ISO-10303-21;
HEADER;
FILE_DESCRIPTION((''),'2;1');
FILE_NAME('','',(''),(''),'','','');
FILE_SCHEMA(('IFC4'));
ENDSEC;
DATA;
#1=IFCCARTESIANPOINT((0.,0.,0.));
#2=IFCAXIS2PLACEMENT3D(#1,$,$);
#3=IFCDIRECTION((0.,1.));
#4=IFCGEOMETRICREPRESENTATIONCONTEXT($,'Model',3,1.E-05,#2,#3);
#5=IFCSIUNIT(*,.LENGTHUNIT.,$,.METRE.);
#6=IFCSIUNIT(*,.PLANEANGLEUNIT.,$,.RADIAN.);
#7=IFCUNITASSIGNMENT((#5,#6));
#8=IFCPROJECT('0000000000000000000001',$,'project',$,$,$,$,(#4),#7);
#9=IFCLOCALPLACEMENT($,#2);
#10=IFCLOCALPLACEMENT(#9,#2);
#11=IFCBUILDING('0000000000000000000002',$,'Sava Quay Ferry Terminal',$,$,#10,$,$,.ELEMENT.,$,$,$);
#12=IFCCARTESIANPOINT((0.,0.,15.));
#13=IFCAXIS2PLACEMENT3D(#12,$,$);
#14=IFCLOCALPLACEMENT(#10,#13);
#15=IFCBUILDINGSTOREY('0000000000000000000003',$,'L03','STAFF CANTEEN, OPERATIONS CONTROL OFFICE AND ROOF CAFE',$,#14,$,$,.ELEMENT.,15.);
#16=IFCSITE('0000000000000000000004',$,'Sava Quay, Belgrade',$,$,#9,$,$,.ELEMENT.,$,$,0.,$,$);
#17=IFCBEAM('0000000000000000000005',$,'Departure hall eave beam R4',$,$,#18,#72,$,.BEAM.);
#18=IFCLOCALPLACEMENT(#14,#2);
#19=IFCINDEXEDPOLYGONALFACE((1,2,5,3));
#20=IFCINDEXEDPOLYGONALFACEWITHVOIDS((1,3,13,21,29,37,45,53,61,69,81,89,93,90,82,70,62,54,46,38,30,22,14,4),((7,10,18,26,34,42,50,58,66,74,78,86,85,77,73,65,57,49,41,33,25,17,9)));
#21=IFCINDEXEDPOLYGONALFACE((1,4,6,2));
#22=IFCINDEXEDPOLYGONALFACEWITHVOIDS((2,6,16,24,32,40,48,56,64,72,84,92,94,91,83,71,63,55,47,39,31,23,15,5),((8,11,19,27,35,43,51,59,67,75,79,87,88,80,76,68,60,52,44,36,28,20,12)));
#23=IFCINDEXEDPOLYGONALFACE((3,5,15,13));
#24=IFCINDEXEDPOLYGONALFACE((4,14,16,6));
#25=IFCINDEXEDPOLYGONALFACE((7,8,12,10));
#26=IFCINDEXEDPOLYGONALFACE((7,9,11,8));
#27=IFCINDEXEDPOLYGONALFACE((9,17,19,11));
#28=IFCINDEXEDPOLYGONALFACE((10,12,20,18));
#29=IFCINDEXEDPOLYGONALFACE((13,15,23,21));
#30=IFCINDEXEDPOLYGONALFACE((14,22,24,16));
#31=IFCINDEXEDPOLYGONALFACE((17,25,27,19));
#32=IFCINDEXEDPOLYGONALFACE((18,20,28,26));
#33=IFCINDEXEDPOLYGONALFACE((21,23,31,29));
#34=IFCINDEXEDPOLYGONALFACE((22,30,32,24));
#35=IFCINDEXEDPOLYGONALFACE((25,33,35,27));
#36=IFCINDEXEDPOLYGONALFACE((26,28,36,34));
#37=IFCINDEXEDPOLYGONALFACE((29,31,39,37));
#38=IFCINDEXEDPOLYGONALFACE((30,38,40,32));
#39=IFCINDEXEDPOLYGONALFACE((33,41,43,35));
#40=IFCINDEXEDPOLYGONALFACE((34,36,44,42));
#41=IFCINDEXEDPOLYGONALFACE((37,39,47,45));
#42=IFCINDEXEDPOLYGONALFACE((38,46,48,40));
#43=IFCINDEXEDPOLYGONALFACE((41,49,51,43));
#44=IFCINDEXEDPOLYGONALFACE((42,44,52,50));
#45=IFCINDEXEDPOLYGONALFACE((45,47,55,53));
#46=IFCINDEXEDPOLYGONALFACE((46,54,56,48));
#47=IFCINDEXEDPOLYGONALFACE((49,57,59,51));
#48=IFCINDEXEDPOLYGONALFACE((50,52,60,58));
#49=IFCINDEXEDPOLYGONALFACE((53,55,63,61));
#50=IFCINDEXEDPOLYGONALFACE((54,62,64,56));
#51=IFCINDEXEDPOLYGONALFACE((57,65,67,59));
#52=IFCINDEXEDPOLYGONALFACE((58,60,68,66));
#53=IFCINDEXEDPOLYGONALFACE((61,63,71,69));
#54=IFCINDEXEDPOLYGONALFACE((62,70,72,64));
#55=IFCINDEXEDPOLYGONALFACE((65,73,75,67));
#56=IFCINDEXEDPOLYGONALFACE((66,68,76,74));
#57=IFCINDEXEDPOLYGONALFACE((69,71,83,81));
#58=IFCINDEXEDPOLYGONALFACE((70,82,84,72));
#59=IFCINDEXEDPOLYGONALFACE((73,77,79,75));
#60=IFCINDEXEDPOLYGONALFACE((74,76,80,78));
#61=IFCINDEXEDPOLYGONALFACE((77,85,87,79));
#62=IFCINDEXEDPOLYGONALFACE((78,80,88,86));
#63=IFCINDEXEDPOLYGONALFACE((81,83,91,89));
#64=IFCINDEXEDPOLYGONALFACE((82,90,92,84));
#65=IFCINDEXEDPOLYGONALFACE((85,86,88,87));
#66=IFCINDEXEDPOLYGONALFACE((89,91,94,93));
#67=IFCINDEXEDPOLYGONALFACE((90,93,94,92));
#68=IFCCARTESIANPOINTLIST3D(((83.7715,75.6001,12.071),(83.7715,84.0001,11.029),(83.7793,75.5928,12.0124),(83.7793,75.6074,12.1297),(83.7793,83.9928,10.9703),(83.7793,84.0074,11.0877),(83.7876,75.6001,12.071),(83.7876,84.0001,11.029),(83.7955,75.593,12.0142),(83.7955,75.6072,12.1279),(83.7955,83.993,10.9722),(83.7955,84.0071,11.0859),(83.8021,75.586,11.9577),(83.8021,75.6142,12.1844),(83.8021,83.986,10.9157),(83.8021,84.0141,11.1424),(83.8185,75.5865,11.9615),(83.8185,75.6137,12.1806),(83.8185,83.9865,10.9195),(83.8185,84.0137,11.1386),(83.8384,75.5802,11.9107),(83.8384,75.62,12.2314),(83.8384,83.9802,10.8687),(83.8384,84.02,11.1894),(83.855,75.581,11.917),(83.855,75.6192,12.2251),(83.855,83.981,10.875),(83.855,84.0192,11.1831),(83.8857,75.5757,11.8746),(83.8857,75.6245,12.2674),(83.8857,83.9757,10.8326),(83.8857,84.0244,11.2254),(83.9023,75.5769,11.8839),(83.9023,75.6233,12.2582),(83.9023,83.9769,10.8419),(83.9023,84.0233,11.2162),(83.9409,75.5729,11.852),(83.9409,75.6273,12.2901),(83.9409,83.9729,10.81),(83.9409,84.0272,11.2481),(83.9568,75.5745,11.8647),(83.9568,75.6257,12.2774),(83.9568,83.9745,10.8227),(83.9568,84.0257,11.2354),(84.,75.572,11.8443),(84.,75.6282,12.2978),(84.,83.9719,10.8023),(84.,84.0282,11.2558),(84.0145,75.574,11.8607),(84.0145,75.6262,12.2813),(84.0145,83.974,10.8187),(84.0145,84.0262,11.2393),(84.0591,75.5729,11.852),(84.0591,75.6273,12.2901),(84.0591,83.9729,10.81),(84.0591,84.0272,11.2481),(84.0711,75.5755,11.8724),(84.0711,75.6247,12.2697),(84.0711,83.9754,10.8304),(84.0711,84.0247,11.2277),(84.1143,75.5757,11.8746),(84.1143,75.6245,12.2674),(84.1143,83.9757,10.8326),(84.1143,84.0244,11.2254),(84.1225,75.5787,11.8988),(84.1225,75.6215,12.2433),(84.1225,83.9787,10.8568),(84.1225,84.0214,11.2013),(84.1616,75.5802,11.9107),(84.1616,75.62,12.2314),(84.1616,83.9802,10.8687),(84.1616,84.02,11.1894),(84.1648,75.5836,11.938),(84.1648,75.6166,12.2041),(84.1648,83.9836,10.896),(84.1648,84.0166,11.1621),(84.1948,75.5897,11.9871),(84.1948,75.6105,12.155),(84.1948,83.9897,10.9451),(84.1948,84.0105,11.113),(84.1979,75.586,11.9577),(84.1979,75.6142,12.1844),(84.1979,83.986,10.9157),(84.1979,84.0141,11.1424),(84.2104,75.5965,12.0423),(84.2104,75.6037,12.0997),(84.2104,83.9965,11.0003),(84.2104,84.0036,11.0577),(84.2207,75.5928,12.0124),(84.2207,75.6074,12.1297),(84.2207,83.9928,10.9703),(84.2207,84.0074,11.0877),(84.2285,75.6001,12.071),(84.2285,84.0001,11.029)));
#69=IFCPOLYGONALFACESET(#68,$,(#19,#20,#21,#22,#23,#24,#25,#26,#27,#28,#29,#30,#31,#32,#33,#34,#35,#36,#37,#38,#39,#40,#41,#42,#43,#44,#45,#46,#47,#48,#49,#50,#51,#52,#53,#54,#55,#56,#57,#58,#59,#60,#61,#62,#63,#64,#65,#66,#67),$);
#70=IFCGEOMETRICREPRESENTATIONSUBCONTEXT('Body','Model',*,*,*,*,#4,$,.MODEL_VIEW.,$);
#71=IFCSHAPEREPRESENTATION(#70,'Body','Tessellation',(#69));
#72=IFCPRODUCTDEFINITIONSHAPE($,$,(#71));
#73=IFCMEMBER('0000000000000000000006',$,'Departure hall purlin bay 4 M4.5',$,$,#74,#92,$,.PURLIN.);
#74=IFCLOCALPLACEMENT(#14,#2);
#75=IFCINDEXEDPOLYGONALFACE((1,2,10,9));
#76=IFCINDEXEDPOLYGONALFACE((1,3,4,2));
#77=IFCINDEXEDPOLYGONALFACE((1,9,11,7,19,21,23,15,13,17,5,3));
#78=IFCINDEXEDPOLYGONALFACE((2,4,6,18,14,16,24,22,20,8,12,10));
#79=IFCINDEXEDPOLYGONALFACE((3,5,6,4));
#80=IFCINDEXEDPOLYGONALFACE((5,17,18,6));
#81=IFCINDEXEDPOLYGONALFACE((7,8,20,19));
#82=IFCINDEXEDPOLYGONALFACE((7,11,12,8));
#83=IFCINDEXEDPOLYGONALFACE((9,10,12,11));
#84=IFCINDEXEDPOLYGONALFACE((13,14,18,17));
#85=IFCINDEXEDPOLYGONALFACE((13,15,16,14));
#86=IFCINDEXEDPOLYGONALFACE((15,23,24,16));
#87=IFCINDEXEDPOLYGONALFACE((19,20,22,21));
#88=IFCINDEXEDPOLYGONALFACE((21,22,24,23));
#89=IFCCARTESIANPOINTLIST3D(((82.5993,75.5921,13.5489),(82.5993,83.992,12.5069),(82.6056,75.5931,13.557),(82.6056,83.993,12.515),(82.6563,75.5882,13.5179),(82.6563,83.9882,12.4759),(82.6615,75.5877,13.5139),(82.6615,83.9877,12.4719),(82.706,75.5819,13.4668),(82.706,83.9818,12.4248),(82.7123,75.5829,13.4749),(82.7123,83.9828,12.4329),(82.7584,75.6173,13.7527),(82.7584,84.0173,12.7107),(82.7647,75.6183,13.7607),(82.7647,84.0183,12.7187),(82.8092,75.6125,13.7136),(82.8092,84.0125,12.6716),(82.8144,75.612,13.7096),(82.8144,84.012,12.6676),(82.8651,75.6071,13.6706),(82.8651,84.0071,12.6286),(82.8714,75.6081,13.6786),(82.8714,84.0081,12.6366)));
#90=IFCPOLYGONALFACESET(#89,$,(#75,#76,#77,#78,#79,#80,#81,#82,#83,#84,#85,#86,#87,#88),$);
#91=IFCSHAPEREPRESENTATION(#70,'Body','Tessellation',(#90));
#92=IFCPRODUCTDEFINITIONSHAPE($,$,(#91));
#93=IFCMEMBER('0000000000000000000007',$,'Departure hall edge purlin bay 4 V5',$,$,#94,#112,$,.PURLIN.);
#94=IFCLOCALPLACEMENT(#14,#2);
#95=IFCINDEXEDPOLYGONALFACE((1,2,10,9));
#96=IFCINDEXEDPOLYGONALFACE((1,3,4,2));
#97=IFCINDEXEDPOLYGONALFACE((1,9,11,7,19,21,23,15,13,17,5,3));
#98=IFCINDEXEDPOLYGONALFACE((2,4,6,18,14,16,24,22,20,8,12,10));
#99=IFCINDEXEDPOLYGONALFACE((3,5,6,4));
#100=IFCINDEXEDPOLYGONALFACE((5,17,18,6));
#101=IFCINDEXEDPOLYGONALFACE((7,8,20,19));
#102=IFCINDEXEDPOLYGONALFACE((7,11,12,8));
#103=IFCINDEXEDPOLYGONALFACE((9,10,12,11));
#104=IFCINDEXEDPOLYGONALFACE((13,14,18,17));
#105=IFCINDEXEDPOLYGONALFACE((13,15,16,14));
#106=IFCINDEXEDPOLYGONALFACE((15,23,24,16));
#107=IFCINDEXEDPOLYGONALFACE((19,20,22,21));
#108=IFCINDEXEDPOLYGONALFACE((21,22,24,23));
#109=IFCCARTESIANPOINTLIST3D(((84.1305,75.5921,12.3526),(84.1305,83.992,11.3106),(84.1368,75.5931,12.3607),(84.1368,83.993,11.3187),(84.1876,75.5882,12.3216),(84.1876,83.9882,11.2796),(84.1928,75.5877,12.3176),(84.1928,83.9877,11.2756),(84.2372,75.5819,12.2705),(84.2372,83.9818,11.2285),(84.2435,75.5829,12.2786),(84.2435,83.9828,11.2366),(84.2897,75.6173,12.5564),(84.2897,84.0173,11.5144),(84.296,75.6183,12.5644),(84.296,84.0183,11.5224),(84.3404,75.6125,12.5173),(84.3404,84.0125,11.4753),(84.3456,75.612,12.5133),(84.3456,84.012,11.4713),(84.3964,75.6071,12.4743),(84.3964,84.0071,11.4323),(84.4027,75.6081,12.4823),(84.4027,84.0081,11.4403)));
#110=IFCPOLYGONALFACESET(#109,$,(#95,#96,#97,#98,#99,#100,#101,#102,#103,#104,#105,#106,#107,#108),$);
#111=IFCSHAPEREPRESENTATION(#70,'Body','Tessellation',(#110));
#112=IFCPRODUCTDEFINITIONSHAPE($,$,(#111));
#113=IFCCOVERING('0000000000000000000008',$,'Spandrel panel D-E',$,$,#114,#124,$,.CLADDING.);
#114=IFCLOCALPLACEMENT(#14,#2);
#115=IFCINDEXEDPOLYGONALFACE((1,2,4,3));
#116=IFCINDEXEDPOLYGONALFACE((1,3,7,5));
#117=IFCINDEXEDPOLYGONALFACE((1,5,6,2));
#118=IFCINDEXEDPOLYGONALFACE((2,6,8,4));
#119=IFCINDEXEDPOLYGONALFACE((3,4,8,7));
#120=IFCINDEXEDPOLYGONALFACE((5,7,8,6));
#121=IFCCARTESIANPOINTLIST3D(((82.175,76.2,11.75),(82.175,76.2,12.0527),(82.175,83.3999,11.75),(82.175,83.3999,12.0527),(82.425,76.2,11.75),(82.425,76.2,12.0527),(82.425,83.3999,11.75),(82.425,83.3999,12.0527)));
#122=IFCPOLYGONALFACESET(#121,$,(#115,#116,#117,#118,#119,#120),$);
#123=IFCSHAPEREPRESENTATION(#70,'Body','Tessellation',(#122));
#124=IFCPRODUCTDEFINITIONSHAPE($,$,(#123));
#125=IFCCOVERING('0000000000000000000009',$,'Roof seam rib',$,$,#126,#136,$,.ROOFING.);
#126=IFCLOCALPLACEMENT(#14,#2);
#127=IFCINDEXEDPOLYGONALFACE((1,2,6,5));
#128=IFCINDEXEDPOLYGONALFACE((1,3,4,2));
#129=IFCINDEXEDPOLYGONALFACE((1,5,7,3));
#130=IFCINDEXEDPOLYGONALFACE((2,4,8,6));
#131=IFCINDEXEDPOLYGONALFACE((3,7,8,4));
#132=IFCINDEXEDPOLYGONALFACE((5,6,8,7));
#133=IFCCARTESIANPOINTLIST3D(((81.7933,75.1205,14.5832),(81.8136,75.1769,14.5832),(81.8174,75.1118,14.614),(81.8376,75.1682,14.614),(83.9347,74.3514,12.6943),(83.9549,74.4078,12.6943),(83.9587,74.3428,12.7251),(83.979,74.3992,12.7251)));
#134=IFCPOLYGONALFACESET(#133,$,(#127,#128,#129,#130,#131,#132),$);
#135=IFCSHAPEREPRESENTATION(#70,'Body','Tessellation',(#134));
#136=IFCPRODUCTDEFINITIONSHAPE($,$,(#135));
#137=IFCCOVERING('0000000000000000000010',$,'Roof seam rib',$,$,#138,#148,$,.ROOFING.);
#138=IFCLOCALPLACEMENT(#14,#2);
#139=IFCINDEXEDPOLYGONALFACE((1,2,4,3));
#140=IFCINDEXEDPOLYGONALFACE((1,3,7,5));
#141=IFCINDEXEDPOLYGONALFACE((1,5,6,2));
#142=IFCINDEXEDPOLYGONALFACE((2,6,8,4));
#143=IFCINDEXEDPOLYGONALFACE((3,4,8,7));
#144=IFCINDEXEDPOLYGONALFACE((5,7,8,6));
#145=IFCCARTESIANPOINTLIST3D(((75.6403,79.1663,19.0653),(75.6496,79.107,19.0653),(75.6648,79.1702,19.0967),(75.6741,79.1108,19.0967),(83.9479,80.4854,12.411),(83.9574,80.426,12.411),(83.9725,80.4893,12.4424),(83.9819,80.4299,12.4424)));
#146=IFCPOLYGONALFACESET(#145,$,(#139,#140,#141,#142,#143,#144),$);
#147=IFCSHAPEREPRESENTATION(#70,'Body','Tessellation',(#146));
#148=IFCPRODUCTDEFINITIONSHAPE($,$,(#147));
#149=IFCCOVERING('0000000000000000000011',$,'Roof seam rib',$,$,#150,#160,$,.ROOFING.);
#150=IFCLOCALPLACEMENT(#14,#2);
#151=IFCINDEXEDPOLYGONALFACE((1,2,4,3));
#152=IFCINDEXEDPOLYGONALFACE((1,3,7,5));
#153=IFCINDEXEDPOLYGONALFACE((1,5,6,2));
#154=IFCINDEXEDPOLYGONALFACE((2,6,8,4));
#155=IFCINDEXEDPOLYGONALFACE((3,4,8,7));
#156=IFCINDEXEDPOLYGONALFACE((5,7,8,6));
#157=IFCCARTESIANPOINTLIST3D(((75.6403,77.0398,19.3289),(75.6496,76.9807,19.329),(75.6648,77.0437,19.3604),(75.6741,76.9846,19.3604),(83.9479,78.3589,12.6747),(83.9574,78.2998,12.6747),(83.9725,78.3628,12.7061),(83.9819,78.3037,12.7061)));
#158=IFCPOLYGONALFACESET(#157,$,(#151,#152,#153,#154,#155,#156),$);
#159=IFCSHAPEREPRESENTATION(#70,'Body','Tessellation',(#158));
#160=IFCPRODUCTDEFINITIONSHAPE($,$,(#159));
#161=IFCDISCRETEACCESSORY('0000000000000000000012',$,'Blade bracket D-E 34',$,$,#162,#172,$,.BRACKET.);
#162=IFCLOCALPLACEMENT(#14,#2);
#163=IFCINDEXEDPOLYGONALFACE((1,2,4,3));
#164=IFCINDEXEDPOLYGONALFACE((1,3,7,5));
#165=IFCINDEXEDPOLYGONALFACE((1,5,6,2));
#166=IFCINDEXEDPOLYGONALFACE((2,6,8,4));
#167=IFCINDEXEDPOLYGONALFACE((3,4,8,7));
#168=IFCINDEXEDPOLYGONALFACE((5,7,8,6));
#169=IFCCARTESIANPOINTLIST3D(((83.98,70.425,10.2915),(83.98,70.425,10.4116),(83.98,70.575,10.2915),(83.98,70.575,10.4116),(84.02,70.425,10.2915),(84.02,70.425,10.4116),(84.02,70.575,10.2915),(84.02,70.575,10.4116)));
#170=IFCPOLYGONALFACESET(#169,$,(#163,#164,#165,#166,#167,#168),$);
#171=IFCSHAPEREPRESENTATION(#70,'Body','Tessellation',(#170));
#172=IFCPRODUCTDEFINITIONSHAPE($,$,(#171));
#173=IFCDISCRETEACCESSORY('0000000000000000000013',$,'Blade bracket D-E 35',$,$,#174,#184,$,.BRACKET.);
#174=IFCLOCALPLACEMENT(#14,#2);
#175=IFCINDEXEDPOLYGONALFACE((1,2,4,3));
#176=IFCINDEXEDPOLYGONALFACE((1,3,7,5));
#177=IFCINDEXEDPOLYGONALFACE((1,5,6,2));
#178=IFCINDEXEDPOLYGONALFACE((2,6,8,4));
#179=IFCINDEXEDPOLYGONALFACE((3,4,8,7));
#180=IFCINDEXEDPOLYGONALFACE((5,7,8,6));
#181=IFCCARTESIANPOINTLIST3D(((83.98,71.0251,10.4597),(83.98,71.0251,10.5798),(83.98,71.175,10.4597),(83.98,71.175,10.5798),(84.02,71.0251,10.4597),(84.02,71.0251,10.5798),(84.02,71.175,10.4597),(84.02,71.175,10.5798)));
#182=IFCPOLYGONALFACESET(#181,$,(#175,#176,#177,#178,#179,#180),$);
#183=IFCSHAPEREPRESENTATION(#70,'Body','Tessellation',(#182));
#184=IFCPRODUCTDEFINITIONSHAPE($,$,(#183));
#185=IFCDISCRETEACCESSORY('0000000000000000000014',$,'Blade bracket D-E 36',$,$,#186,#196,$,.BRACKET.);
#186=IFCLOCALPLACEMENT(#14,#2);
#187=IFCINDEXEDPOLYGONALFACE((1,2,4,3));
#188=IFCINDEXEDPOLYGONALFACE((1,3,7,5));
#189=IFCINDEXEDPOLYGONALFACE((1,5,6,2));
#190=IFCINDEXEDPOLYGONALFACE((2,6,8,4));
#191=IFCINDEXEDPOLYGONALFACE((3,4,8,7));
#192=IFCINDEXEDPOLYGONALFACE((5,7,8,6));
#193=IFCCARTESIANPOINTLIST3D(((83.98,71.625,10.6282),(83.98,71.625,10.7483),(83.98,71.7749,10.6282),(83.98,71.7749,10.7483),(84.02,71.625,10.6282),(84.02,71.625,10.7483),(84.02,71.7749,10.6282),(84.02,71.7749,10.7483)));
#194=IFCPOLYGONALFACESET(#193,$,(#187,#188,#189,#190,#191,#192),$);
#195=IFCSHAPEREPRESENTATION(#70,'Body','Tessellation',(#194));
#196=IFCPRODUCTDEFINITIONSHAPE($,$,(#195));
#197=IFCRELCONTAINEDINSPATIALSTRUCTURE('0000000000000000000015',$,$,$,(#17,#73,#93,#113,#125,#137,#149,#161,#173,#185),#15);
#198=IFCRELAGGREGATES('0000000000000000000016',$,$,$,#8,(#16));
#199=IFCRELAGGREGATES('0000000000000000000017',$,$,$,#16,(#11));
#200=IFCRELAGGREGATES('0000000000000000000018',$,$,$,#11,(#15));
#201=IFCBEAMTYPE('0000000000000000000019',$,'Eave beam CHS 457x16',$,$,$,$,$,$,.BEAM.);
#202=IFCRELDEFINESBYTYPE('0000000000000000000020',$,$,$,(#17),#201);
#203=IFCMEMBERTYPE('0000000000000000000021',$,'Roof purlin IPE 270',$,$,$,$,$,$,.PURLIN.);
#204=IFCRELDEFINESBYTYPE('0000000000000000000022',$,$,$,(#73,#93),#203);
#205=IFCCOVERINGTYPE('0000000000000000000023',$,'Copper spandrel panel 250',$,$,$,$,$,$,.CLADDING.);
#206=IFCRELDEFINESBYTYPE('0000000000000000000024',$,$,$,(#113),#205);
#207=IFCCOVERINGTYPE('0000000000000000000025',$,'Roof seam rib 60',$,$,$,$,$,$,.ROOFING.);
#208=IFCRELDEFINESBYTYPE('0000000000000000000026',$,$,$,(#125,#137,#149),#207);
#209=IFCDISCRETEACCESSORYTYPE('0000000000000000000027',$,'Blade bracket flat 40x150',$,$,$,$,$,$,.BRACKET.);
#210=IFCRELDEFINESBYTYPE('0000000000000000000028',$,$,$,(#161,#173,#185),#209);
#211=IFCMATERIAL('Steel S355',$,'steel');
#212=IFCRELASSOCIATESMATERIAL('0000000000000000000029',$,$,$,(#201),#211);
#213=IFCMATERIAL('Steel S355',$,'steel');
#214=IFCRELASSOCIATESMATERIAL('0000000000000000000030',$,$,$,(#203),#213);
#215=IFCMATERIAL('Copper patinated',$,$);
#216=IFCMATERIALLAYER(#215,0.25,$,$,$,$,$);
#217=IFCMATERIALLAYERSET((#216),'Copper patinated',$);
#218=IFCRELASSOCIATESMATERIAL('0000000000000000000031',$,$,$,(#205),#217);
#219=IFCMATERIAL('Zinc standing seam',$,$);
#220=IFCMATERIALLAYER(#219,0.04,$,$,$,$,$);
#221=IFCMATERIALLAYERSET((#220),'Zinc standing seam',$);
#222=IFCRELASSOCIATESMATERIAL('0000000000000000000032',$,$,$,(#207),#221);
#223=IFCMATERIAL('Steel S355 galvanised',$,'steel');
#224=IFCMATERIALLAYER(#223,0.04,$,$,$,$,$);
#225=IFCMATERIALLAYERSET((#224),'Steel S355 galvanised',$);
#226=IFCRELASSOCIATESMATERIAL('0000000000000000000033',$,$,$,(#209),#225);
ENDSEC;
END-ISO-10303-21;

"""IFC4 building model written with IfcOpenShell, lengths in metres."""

from ifc_helpers import new_model, si_unit, direction, frame, origin, origin_2d, place, context, subcontext, project, spatial, polyline, rectangle, hollow_circle, i_section, outline, extrude, material, layer, layer_set, material_profile, profile_set, type_object, element, save


model = new_model("IFC4")

# Units and contexts
model_context = context("Model", 3, precision=1e-05, world=origin(), true_north=direction((0.0, 1.0)))
body_context = subcontext(model_context, "Body", "Model", "MODEL_VIEW")
ifc_project = project(units=[si_unit("LENGTHUNIT", "METRE"), si_unit("PLANEANGLEUNIT", "RADIAN")], contexts=[model_context])

# Site, building, storey
site_placement = place(None, origin())
site = spatial("IfcSite", under=ifc_project, at=site_placement, Name="Sava Quay, Belgrade", CompositionType="ELEMENT", RefElevation=0.0)
building_placement = place(site_placement, origin())
building = spatial("IfcBuilding", under=site, at=building_placement, Name="Sava Quay Ferry Terminal", CompositionType="ELEMENT")
storey_placement = place(building_placement, frame((0.0, 0.0, 15.0)))
storey = spatial("IfcBuildingStorey", under=building, at=storey_placement, Name="L03", Description="STAFF CANTEEN, OPERATIONS CONTROL OFFICE AND ROOF CAFE", CompositionType="ELEMENT", Elevation=15.0)

# Beam
ifc_material_1 = material(Name="Steel S355", Category="steel")
ifc_material_profile_1 = material_profile(ifc_material_1, hollow_circle(Radius=0.2285, WallThickness=0.0161, at=origin_2d()), Name="CHS 457 x 16.0")
ifc_profile_set_1 = profile_set([ifc_material_profile_1], Name="Steel S355")
beam_type = type_object("IfcBeamType", Name="Eave beam CHS 457x16", PredefinedType="BEAM", material=ifc_profile_set_1)
beam_placement = place(storey_placement, frame((84.0, 75.6001, 12.071), z_axis=(0.0, 0.992394, -0.123105), x_axis=(-1.0, 0.0, 0.0)))
element("IfcBeam", 1, at=beam_placement, inside=storey, type_object=beam_type, Name="Departure hall eave beam R4", PredefinedType="BEAM", context=body_context, shape_type="SweptSolid", body=[
    extrude(hollow_circle(Radius=0.2285, WallThickness=0.0161, at=origin_2d()), origin(), (0.0, 0.0, 1.0), 8.4644),
])

# Members
ifc_material_2 = material(Name="Steel S355", Category="steel")
ifc_material_profile_2 = material_profile(ifc_material_2, i_section(OverallWidth=0.135, OverallDepth=0.27, WebThickness=0.0066, FlangeThickness=0.0103, at=origin_2d()), Name="IPE 270")
ifc_profile_set_2 = profile_set([ifc_material_profile_2], Name="Steel S355")
member_type = type_object("IfcMemberType", Name="Roof purlin IPE 270", PredefinedType="PURLIN", material=ifc_profile_set_2)
for number, where, z_axis, x_axis, name in (
    (2, (82.7354, 75.6001, 13.6138), (0.0, 0.992394, -0.123105), (-0.790284, 0.075431, 0.60808), "Departure hall purlin bay 4 M4.5"),
    (3, (84.2666, 75.6001, 12.4175), (0.0, 0.992394, -0.123105), (-0.790284, 0.075431, 0.60808), "Departure hall edge purlin bay 4 V5"),
):
    element("IfcMember", number, at=place(storey_placement, frame(where, z_axis=z_axis, x_axis=x_axis)), inside=storey, type_object=member_type, Name=name, PredefinedType="PURLIN", context=body_context, shape_type="SweptSolid", body=[
        extrude(i_section(OverallWidth=0.135, OverallDepth=0.27, WebThickness=0.0066, FlangeThickness=0.0103, at=origin_2d()), origin(), (0.0, 0.0, 1.0), 8.4644),
    ])

# Coverings
ifc_material_3 = material(Name="Copper patinated")
ifc_layer_1 = layer(ifc_material_3, 0.25)
ifc_layer_set_1 = layer_set([ifc_layer_1], Name="Copper patinated")
covering_type_1 = type_object("IfcCoveringType", Name="Copper spandrel panel 250", PredefinedType="CLADDING", material=ifc_layer_set_1)
covering_1_placement = place(storey_placement, frame((82.3, 76.2, 11.75), z_axis=(0.0, 0.0, 1.0), x_axis=(0.0, 1.0, 0.0)))
element("IfcCovering", 4, at=covering_1_placement, inside=storey, type_object=covering_type_1, Name="Spandrel panel D-E", PredefinedType="CLADDING", context=body_context, shape_type="SweptSolid", body=[
    extrude(outline(polyline([(0.0, 0.0), (7.2, 0.0), (7.2, 0.3027), (0.0, 0.3027), (0.0, 0.0)])), frame((0.0, 0.125, 0.0), z_axis=(0.0, -1.0, 0.0), x_axis=(1.0, 0.0, 0.0)), (0.0, 0.0, 1.0), 0.25),
])
ifc_material_4 = material(Name="Zinc standing seam")
ifc_layer_2 = layer(ifc_material_4, 0.04)
ifc_layer_set_2 = layer_set([ifc_layer_2], Name="Zinc standing seam")
covering_type_2 = type_object("IfcCoveringType", Name="Roof seam rib 60", PredefinedType="ROOFING", material=ifc_layer_set_2)
covering_2_placement = place(storey_placement, frame((83.9587, 74.3428, 12.7251), z_axis=(0.601132, -0.215991, 0.769407), x_axis=(-0.724124, 0.260061, 0.638758)))
element("IfcCovering", 5, at=covering_2_placement, inside=storey, type_object=covering_type_2, Name="Roof seam rib", PredefinedType="ROOFING", context=body_context, shape_type="SweptSolid", body=[
    extrude(outline(polyline([(0.0, 0.0), (2.9572, 0.0), (2.9572, -0.0599), (0.0, -0.0599), (0.0, 0.0)])), origin(), (0.0, 0.0, -1.0), 0.04),
])
covering_3_placement = place(storey_placement, frame((83.9819, 80.4299, 12.4424), z_axis=(0.61277, 0.097085, 0.784275), x_axis=(-0.774572, -0.122984, 0.620413)))
element("IfcCovering", 6, at=covering_3_placement, inside=storey, type_object=covering_type_2, Name="Roof seam rib", PredefinedType="ROOFING", context=body_context, shape_type="SweptSolid", body=[
    extrude(outline(polyline([(0.0, 0.0), (10.7257, 0.0), (10.7256, -0.06), (0.0001, -0.0601), (0.0, 0.0)])), origin(), (0.0, 0.0, -1.0), 0.04),
])
covering_4_placement = place(storey_placement, frame((83.9819, 78.3037, 12.7061), z_axis=(0.612708, 0.097476, 0.784275), x_axis=(-0.774572, -0.122984, 0.620413)))
element("IfcCovering", 7, at=covering_4_placement, inside=storey, type_object=covering_type_2, Name="Roof seam rib", PredefinedType="ROOFING", context=body_context, shape_type="SweptSolid", body=[
    extrude(outline(polyline([(0.0, 0.0), (10.7257, 0.0), (10.7256, -0.0598), (0.0001, -0.0598), (0.0, 0.0)])), origin(), (0.0, 0.0, -1.0), 0.04),
])

# Discrete accessories
ifc_material_5 = material(Name="Steel S355 galvanised", Category="steel")
ifc_layer_3 = layer(ifc_material_5, 0.04)
ifc_layer_set_3 = layer_set([ifc_layer_3], Name="Steel S355 galvanised")
discrete_accessory_type_1 = type_object("IfcDiscreteAccessoryType", Name="Blade bracket flat 40x150", PredefinedType="BRACKET", material=ifc_layer_set_3)
for number, where, z_axis, x_axis, name in (
    (8, (84.0, 70.5, 10.2915), (0.0, 0.0, 1.0), (1.0, 0.0, 0.0), "Blade bracket D-E 34"),
    (9, (84.0, 71.1001, 10.4597), (0.0, 0.0, 1.0), (1.0, 0.0, 0.0), "Blade bracket D-E 35"),
    (10, (84.0, 71.7, 10.6282), (0.0, 0.0, 1.0), (1.0, 0.0, 0.0), "Blade bracket D-E 36"),
):
    element("IfcDiscreteAccessory", number, at=place(storey_placement, frame(where, z_axis=z_axis, x_axis=x_axis)), inside=storey, type_object=discrete_accessory_type_1, Name=name, PredefinedType="BRACKET", context=body_context, shape_type="SweptSolid", body=[
        extrude(rectangle(XDim=0.04, YDim=0.1499, at=origin_2d()), origin(), (0.0, 0.0, 1.0), 0.1201),
    ])

save(model, "model.ifc")
